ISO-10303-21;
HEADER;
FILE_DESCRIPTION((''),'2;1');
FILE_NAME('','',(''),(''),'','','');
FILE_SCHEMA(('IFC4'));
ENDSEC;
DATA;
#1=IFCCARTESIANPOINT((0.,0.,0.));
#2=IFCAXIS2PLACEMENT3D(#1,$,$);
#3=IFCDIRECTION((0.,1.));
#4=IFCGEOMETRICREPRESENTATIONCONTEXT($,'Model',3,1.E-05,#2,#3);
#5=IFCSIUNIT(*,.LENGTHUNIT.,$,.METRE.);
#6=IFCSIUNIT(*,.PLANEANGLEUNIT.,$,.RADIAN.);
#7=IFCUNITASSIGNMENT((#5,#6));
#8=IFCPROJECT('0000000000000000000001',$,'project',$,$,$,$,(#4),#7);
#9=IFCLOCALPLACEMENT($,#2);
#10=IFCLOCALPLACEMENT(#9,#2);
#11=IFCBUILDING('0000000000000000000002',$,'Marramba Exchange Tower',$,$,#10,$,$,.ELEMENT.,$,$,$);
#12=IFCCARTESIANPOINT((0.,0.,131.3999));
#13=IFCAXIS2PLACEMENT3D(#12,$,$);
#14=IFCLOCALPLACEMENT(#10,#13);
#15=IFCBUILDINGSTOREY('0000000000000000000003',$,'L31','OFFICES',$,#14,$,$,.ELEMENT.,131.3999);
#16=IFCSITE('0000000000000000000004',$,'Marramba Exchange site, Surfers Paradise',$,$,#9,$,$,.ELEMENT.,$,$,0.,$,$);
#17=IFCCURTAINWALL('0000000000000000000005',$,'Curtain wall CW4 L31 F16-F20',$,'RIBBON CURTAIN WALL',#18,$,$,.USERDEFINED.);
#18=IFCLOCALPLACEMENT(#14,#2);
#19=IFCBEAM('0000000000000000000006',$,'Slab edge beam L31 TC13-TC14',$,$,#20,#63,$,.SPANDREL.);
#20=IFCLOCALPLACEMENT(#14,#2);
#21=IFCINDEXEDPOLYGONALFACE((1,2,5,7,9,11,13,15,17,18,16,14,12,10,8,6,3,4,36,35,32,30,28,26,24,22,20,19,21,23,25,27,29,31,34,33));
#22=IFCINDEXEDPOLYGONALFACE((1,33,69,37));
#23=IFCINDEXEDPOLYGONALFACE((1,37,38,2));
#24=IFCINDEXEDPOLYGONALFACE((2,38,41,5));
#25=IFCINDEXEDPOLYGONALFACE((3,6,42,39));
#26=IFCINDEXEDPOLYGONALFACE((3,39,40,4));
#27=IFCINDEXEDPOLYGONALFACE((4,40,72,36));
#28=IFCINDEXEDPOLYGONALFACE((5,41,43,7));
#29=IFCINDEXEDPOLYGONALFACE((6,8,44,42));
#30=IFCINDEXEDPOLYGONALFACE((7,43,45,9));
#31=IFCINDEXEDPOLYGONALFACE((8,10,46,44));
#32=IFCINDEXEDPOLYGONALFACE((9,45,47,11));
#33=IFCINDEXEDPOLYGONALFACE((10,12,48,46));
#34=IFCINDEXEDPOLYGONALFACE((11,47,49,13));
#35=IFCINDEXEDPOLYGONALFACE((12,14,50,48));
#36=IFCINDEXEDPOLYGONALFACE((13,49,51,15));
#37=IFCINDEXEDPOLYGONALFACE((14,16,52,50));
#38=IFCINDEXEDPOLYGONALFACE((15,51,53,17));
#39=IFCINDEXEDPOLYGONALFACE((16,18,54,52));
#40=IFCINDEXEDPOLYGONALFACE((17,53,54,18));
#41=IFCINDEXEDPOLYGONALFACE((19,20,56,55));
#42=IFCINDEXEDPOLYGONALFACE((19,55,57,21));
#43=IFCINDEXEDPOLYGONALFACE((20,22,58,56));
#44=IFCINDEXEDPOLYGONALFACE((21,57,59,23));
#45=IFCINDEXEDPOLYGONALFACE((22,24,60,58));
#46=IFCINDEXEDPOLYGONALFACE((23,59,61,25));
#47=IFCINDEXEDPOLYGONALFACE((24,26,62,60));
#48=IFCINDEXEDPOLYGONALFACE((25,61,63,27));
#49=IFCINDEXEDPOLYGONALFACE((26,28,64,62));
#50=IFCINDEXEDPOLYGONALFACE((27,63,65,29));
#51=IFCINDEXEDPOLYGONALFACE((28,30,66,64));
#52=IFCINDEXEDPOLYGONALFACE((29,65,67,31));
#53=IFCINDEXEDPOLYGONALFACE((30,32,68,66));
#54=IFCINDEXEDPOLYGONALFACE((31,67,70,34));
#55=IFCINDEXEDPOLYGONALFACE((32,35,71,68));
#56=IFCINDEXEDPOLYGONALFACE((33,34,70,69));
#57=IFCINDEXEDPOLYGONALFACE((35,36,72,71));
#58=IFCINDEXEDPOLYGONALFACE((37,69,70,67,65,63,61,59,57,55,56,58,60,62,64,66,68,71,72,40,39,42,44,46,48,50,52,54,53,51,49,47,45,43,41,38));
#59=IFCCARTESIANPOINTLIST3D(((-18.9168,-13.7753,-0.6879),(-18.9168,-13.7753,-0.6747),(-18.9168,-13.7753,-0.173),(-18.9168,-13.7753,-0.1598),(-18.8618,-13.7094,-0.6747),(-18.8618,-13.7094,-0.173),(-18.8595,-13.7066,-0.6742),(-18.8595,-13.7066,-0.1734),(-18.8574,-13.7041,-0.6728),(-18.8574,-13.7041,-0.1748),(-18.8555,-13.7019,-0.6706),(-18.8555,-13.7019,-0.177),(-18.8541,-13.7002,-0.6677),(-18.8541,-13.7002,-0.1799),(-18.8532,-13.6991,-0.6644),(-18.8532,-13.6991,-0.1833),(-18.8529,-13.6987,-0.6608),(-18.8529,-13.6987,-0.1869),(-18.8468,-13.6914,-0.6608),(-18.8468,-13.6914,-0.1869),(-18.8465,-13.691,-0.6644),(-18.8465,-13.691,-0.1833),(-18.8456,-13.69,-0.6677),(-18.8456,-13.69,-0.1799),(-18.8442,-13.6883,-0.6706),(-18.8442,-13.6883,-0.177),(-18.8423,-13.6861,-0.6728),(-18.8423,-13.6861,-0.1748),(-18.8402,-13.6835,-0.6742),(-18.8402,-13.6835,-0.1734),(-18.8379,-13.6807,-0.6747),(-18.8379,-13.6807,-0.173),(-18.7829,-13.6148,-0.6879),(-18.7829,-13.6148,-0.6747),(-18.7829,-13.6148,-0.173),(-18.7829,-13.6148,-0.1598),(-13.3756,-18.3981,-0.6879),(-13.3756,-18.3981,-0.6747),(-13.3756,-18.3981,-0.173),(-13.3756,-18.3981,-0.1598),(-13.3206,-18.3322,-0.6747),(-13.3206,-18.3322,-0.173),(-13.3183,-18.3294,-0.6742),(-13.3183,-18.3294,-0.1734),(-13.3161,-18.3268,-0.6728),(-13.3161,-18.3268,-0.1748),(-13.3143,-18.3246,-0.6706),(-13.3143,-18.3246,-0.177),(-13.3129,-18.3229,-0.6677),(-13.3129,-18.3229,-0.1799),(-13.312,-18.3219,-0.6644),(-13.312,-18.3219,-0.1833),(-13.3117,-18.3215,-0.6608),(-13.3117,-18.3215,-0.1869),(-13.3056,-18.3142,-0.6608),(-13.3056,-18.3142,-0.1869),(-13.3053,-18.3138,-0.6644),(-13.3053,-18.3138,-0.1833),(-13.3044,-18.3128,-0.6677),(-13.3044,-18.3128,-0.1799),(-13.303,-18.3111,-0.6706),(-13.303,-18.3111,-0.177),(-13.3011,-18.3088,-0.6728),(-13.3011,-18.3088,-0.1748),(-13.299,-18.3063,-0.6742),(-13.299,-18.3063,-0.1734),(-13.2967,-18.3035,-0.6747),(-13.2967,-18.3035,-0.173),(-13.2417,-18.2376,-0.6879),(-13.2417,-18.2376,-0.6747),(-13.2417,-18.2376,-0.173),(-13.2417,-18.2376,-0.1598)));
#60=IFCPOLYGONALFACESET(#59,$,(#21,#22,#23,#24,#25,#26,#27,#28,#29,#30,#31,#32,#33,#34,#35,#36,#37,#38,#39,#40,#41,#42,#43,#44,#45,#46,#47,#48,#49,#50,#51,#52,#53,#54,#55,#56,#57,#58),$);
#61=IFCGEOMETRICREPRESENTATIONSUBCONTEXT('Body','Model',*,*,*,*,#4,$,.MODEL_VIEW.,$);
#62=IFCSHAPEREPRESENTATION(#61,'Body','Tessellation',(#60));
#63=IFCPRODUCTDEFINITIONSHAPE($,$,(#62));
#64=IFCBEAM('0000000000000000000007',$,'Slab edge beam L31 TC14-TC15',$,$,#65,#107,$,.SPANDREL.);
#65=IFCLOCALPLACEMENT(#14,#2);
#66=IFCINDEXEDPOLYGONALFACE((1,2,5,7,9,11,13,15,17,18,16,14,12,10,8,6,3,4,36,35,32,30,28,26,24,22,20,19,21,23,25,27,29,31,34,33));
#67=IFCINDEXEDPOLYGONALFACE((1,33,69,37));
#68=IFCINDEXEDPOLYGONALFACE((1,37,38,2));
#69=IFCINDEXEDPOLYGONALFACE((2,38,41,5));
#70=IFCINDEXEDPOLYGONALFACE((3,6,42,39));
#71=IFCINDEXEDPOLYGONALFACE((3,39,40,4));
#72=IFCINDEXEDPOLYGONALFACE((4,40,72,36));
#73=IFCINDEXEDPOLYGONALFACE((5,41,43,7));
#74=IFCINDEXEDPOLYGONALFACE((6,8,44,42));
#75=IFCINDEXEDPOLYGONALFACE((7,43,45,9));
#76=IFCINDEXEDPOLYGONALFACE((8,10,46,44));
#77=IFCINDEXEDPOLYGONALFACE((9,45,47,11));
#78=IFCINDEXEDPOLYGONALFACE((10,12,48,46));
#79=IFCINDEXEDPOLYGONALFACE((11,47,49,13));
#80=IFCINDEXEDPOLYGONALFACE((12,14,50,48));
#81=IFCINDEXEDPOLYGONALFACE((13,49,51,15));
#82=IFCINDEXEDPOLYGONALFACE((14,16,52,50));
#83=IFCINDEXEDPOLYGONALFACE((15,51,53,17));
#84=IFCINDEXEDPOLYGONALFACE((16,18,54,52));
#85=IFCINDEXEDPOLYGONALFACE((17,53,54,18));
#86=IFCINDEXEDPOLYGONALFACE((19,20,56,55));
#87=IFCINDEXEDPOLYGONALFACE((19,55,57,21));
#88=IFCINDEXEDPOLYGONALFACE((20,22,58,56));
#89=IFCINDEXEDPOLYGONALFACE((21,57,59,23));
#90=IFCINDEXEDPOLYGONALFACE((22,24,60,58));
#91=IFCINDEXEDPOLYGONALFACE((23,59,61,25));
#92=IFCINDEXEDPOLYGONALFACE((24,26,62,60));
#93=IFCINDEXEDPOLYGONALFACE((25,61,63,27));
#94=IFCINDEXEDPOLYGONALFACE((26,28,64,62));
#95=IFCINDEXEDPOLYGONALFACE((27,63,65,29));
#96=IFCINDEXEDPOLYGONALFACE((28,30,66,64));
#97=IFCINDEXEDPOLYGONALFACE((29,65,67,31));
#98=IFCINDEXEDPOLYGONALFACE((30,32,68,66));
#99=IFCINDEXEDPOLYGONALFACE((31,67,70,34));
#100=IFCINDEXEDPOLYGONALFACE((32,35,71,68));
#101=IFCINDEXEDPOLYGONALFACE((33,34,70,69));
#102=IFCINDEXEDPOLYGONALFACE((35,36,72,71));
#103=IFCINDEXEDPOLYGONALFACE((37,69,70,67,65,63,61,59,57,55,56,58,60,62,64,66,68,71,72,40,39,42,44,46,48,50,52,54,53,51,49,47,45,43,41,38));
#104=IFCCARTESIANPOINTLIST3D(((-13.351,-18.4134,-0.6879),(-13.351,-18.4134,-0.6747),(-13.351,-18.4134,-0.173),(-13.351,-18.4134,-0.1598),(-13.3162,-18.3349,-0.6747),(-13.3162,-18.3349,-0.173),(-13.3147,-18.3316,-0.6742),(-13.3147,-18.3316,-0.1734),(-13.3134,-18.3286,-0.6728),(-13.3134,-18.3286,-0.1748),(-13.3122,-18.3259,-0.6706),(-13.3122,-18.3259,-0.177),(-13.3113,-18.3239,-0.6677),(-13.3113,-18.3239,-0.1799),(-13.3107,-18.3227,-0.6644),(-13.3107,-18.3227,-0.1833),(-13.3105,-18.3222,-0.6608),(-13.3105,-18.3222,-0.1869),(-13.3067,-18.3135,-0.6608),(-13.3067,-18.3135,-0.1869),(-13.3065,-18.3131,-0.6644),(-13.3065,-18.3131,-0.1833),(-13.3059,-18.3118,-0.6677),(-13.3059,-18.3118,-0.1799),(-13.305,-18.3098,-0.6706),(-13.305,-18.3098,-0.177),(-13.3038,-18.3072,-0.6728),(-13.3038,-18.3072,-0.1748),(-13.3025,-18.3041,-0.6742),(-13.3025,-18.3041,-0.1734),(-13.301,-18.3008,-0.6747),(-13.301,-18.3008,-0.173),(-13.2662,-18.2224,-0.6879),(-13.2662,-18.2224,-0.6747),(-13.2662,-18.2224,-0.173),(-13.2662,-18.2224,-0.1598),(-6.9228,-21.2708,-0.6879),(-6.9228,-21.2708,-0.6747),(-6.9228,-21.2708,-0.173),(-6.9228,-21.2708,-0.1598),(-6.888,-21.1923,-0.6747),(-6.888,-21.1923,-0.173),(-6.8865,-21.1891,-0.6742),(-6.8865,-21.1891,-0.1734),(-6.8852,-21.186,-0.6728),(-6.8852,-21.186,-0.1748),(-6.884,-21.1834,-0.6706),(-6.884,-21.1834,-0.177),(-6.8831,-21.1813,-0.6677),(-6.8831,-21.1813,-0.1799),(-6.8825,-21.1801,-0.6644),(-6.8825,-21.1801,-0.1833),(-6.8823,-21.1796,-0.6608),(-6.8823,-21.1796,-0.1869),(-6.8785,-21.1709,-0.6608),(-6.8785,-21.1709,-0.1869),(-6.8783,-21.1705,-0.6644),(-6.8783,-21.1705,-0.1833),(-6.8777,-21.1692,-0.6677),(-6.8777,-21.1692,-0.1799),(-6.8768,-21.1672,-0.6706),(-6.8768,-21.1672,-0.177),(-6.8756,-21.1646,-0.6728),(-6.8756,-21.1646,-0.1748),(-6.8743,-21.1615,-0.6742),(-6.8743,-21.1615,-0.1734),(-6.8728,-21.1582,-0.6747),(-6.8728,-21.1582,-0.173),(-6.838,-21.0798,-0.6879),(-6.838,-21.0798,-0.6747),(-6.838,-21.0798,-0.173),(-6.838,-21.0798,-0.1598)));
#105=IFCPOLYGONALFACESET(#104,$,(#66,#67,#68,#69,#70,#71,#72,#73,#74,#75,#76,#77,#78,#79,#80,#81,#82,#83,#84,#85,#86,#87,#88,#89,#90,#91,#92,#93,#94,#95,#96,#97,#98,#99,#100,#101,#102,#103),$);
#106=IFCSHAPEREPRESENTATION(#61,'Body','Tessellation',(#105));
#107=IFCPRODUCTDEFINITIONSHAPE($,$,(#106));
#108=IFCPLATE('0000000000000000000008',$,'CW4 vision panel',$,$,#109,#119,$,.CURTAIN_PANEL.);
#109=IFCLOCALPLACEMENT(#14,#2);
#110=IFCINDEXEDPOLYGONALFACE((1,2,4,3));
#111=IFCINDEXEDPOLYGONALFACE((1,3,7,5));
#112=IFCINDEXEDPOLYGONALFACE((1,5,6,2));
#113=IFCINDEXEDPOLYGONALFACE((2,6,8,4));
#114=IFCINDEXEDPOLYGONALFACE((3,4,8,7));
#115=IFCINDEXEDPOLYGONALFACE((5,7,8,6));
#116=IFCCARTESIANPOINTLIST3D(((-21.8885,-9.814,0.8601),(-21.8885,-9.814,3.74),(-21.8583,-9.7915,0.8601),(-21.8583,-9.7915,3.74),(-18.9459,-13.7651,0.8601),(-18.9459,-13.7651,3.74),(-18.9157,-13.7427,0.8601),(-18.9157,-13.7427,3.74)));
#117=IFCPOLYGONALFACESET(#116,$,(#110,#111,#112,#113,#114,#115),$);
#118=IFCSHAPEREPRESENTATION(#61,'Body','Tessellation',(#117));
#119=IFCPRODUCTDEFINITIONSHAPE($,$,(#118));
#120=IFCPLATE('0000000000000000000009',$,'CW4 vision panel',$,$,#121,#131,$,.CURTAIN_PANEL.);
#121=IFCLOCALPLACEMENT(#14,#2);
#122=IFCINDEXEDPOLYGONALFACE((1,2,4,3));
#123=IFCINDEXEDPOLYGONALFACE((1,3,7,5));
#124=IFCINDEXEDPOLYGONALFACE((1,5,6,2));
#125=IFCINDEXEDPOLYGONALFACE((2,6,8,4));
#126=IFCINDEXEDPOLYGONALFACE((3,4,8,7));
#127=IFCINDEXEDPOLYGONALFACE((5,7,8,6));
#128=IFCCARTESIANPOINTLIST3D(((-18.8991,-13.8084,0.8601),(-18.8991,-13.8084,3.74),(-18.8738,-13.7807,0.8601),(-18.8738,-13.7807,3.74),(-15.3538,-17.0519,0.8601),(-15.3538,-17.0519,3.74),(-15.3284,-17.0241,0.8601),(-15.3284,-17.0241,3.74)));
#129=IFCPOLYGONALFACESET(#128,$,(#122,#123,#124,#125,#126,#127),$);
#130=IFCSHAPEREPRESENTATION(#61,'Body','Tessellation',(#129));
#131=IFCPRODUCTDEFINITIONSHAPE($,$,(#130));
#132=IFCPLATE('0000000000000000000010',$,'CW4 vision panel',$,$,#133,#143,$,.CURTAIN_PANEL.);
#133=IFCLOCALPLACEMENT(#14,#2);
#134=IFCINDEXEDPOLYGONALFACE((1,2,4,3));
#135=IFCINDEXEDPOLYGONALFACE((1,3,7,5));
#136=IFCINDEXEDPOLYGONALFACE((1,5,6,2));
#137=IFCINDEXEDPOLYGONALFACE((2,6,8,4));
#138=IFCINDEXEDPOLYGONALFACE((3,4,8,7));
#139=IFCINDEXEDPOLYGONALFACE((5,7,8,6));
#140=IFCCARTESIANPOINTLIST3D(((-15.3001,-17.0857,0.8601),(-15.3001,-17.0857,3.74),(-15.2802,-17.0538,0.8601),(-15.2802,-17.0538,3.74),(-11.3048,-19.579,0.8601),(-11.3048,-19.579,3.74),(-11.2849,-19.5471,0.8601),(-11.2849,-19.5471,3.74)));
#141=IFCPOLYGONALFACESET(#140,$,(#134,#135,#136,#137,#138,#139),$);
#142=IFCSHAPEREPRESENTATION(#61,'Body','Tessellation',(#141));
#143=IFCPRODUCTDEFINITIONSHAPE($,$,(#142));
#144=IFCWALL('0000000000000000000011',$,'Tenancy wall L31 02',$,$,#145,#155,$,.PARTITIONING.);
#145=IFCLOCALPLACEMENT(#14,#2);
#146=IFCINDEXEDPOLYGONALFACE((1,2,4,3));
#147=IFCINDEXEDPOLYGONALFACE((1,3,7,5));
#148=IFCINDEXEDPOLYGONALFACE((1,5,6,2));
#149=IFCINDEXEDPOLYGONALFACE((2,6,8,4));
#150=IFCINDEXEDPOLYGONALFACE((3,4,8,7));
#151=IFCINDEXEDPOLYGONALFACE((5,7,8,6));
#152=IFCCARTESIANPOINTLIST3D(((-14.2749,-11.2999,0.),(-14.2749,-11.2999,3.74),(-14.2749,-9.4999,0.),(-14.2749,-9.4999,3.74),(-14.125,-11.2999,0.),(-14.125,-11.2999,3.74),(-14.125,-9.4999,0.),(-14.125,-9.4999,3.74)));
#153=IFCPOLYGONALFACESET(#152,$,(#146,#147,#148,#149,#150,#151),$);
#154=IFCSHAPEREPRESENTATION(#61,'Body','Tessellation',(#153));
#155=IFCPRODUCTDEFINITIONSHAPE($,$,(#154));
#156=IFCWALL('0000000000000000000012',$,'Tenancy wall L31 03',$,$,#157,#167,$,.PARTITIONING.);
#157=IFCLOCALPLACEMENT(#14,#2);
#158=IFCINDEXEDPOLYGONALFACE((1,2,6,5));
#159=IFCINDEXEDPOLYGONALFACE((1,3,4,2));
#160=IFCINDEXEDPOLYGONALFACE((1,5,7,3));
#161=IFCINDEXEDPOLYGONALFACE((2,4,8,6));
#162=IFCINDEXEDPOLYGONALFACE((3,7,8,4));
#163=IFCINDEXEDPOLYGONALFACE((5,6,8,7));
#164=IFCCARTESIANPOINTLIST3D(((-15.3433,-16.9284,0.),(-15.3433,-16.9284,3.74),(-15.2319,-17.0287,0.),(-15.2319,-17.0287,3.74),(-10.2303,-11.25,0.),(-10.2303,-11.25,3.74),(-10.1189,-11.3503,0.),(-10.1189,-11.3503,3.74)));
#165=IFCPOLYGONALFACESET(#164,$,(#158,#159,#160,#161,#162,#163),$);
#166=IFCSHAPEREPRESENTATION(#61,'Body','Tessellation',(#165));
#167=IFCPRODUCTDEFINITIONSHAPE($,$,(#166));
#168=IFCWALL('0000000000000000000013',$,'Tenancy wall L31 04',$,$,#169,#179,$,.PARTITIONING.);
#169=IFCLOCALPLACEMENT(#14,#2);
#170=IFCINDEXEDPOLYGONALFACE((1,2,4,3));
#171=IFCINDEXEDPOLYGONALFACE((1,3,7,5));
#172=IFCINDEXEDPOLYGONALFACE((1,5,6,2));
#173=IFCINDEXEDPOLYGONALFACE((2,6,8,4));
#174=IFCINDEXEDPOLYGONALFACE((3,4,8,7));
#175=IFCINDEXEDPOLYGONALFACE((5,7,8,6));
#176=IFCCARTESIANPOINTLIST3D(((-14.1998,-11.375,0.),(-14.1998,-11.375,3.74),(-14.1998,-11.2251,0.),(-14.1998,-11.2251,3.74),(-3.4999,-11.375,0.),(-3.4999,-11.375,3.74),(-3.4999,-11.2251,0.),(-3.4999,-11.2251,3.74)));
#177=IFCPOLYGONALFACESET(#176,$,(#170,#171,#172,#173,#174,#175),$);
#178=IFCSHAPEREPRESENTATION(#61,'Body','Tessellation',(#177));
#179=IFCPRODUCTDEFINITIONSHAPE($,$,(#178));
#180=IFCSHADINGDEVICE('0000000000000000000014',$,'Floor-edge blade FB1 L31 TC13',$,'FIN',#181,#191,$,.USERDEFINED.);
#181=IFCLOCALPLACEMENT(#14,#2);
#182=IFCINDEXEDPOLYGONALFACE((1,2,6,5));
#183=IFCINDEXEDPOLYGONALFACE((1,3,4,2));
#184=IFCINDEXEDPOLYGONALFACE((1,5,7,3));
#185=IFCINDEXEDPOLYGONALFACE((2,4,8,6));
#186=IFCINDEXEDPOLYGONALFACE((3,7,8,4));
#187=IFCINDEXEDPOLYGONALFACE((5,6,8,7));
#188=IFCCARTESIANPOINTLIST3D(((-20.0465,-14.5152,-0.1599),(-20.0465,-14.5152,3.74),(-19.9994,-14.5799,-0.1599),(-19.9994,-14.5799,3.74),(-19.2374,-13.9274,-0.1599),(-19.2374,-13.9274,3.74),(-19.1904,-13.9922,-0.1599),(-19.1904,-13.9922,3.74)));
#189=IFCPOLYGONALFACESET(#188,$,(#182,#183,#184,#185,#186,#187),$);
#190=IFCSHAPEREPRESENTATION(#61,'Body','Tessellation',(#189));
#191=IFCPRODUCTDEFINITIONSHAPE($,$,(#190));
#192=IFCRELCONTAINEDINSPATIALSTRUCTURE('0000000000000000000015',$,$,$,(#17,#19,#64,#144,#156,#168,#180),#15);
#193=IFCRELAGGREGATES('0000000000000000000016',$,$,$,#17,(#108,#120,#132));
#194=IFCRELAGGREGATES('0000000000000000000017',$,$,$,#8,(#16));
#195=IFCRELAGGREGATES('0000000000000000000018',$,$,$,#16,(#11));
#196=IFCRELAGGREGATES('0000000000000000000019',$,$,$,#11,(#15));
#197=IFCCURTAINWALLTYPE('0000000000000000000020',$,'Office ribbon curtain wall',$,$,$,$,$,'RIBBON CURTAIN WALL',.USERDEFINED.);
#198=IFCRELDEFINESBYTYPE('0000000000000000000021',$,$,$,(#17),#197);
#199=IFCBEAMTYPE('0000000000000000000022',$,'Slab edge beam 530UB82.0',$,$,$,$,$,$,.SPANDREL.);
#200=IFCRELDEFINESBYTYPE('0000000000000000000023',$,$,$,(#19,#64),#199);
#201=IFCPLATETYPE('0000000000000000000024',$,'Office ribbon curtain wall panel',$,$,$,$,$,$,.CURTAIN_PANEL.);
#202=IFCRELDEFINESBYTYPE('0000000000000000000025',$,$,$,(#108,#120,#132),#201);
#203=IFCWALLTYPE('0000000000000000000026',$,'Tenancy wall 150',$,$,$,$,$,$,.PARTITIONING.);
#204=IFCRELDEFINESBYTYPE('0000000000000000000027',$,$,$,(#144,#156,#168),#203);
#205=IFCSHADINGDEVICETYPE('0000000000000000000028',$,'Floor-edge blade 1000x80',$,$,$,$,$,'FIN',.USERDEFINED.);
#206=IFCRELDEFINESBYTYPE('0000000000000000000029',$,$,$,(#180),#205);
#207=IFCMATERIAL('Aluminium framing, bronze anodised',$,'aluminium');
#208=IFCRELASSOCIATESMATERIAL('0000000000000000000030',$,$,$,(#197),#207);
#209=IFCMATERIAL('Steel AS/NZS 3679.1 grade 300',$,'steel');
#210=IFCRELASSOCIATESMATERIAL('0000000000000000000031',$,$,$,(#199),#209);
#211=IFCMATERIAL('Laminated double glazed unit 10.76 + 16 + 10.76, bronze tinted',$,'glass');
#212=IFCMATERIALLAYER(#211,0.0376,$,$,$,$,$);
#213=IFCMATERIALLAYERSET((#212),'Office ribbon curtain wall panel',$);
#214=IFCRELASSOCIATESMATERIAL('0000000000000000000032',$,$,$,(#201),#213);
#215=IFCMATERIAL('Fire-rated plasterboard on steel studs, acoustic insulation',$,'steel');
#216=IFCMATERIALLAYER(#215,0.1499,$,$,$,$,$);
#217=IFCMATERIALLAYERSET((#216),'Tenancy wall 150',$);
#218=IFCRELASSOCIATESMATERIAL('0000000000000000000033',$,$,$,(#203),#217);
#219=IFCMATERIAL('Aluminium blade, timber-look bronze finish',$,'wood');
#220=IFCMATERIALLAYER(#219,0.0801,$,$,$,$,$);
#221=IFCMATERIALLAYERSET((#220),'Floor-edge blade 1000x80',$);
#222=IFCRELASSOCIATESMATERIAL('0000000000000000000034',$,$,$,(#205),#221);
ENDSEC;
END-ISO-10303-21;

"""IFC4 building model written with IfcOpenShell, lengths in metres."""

from ifc_helpers import new_model, si_unit, direction, frame, frame_2d, origin, origin_2d, place, context, subcontext, project, spatial, rectangle, i_section, extrude, material, layer, layer_set, material_profile, profile_set, type_object, element, aggregate, save


model = new_model("IFC4")

# Units and contexts
model_context = context("Model", 3, precision=1e-05, world=origin(), true_north=direction((0.0, 1.0)))
body_context = subcontext(model_context, "Body", "Model", "MODEL_VIEW")
ifc_project = project(units=[si_unit("LENGTHUNIT", "METRE"), si_unit("PLANEANGLEUNIT", "RADIAN")], contexts=[model_context])

# Site, building, storey
site_placement = place(None, origin())
site = spatial("IfcSite", under=ifc_project, at=site_placement, Name="Marramba Exchange site, Surfers Paradise", CompositionType="ELEMENT", RefElevation=0.0)
building_placement = place(site_placement, origin())
building = spatial("IfcBuilding", under=site, at=building_placement, Name="Marramba Exchange Tower", CompositionType="ELEMENT")
storey_placement = place(building_placement, frame((0.0, 0.0, 131.3999)))
storey = spatial("IfcBuildingStorey", under=building, at=storey_placement, Name="L31", Description="OFFICES", CompositionType="ELEMENT", Elevation=131.3999)

# Curtain wall
ifc_material_1 = material(Name="Aluminium framing, bronze anodised", Category="aluminium")
curtain_wall_type = type_object("IfcCurtainWallType", Name="Office ribbon curtain wall", ElementType="RIBBON CURTAIN WALL", PredefinedType="USERDEFINED", material=ifc_material_1)
curtain_wall_placement = place(storey_placement, origin())
curtain_wall = element("IfcCurtainWall", 1, at=curtain_wall_placement, inside=storey, type_object=curtain_wall_type, Name="Curtain wall CW4 L31 F16-F20", ObjectType="RIBBON CURTAIN WALL", PredefinedType="USERDEFINED")

# Beams
ifc_material_2 = material(Name="Steel AS/NZS 3679.1 grade 300", Category="steel")
ifc_material_profile_1 = material_profile(ifc_material_2, i_section(OverallWidth=0.209, OverallDepth=0.5281, WebThickness=0.0095, FlangeThickness=0.0132, FilletRadius=0.0139, at=origin_2d()), Name="530UB82.0")
ifc_profile_set_1 = profile_set([ifc_material_profile_1], Name="Steel AS/NZS 3679.1 grade 300")
beam_type_1 = type_object("IfcBeamType", Name="Slab edge beam 530UB82.0", PredefinedType="SPANDREL", material=ifc_profile_set_1)
beam_1_placement = place(storey_placement, frame((-18.8499, -13.6951, -0.4238), z_axis=(0.767875, -0.6406, 0.0), x_axis=(0.6406, 0.767875, 0.0)))
element("IfcBeam", 2, at=beam_1_placement, inside=storey, type_object=beam_type_1, Name="Slab edge beam L31 TC13-TC14", PredefinedType="SPANDREL", context=body_context, shape_type="SweptSolid", body=[
    extrude(i_section(OverallWidth=0.209, OverallDepth=0.5281, WebThickness=0.0095, FlangeThickness=0.0132, FilletRadius=0.0139, at=origin_2d()), origin(), (0.0, 0.0, 1.0), 7.2163),
])
beam_2_placement = place(storey_placement, frame((-13.3086, -18.3179, -0.4238), z_axis=(0.913789, -0.40619, 0.0), x_axis=(0.40619, 0.913789, 0.0)))
element("IfcBeam", 3, at=beam_2_placement, inside=storey, type_object=beam_type_1, Name="Slab edge beam L31 TC14-TC15", PredefinedType="SPANDREL", context=body_context, shape_type="SweptSolid", body=[
    extrude(i_section(OverallWidth=0.209, OverallDepth=0.5281, WebThickness=0.0095, FlangeThickness=0.0132, FilletRadius=0.0139, at=origin_2d()), origin(), (0.0, 0.0, 1.0), 7.0347),
])

# Plates
ifc_material_3 = material(Name="Laminated double glazed unit 10.76 + 16 + 10.76, bronze tinted", Category="glass")
ifc_layer_1 = layer(ifc_material_3, 0.0376)
ifc_layer_set_1 = layer_set([ifc_layer_1], Name="Office ribbon curtain wall panel")
plate_type = type_object("IfcPlateType", Name="Office ribbon curtain wall panel", PredefinedType="CURTAIN_PANEL", material=ifc_layer_set_1)
plate_1_placement = place(storey_placement, frame((-20.4021, -11.7783, 0.8601), z_axis=(0.0, 0.0, 1.0), x_axis=(0.597305, -0.802014, 0.0)))
plate_1 = element("IfcPlate", 4, at=plate_1_placement, type_object=plate_type, Name="CW4 vision panel", PredefinedType="CURTAIN_PANEL", context=body_context, shape_type="SweptSolid", body=[
    extrude(rectangle(XDim=4.9265, YDim=0.0376, at=origin_2d()), origin(), (0.0, 0.0, 1.0), 2.8799),
])
plate_2_placement = place(storey_placement, frame((-17.1138, -15.4163, 0.8601), z_axis=(0.0, 0.0, 1.0), x_axis=(0.737822, -0.674995, 0.0)))
plate_2 = element("IfcPlate", 5, at=plate_2_placement, type_object=plate_type, Name="CW4 vision panel", PredefinedType="CURTAIN_PANEL", context=body_context, shape_type="SweptSolid", body=[
    extrude(rectangle(XDim=4.8052, YDim=0.0376, at=origin_2d()), origin(), (0.0, 0.0, 1.0), 2.8799),
])
plate_3_placement = place(storey_placement, frame((-13.2925, -18.3164, 0.8601), z_axis=(0.0, 0.0, 1.0), x_axis=(0.848355, -0.529428, 0.0)))
plate_3 = element("IfcPlate", 6, at=plate_3_placement, type_object=plate_type, Name="CW4 vision panel", PredefinedType="CURTAIN_PANEL", context=body_context, shape_type="SweptSolid", body=[
    extrude(rectangle(XDim=4.7095, YDim=0.0376, at=origin_2d()), origin(), (0.0, 0.0, 1.0), 2.8799),
])
aggregate(curtain_wall, [plate_1, plate_2, plate_3])

# Walls
ifc_material_4 = material(Name="Fire-rated plasterboard on steel studs, acoustic insulation", Category="steel")
ifc_layer_2 = layer(ifc_material_4, 0.1499)
ifc_layer_set_2 = layer_set([ifc_layer_2], Name="Tenancy wall 150")
wall_type = type_object("IfcWallType", Name="Tenancy wall 150", PredefinedType="PARTITIONING", material=ifc_layer_set_2)
wall_1_placement = place(storey_placement, frame((-14.2, -9.5, 0.0), z_axis=(0.0, 0.0, 1.0), x_axis=(0.0, -1.0, 0.0)))
element("IfcWall", 7, at=wall_1_placement, inside=storey, type_object=wall_type, Name="Tenancy wall L31 02", PredefinedType="PARTITIONING", context=body_context, shape_type="SweptSolid", body=[
    extrude(rectangle(XDim=1.8, YDim=0.1499, at=frame_2d((0.8999, 0.0))), origin(), (0.0, 0.0, 1.0), 3.74),
])
wall_2_placement = place(storey_placement, frame((-15.2876, -16.9785, 0.0), z_axis=(0.0, 0.0, 1.0), x_axis=(0.669139, 0.743137, 0.0)))
element("IfcWall", 8, at=wall_2_placement, inside=storey, type_object=wall_type, Name="Tenancy wall L31 03", PredefinedType="PARTITIONING", context=body_context, shape_type="SweptSolid", body=[
    extrude(rectangle(XDim=7.6411, YDim=0.1499, at=frame_2d((3.8206, 0.0))), origin(), (0.0, 0.0, 1.0), 3.74),
])
wall_3_placement = place(storey_placement, frame((-14.2, -11.3, 0.0), z_axis=(0.0, 0.0, 1.0), x_axis=(1.0, 0.0, 0.0)))
element("IfcWall", 9, at=wall_3_placement, inside=storey, type_object=wall_type, Name="Tenancy wall L31 04", PredefinedType="PARTITIONING", context=body_context, shape_type="SweptSolid", body=[
    extrude(rectangle(XDim=10.7, YDim=0.1499, at=frame_2d((5.3501, 0.0))), origin(), (0.0, 0.0, 1.0), 3.74),
])

# Shading device
ifc_material_5 = material(Name="Aluminium blade, timber-look bronze finish", Category="wood")
ifc_layer_3 = layer(ifc_material_5, 0.0801)
ifc_layer_set_3 = layer_set([ifc_layer_3], Name="Floor-edge blade 1000x80")
shading_device_type_1 = type_object("IfcShadingDeviceType", Name="Floor-edge blade 1000x80", ElementType="FIN", PredefinedType="USERDEFINED", material=ifc_layer_set_3)
for number, where, z_axis, x_axis, name in (
    (10, (-19.6184, -14.2537, -0.1599), (0.0, 0.0, 1.0), (-0.809017, -0.587785, 0.0), "Floor-edge blade FB1 L31 TC13"),
):
    element("IfcShadingDevice", number, at=place(storey_placement, frame(where, z_axis=z_axis, x_axis=x_axis)), inside=storey, type_object=shading_device_type_1, Name=name, ObjectType="FIN", PredefinedType="USERDEFINED", context=body_context, shape_type="SweptSolid", body=[
        extrude(rectangle(XDim=1.0, YDim=0.0801, at=origin_2d()), origin(), (0.0, 0.0, 1.0), 3.8999),
    ])

save(model, "model.ifc")
